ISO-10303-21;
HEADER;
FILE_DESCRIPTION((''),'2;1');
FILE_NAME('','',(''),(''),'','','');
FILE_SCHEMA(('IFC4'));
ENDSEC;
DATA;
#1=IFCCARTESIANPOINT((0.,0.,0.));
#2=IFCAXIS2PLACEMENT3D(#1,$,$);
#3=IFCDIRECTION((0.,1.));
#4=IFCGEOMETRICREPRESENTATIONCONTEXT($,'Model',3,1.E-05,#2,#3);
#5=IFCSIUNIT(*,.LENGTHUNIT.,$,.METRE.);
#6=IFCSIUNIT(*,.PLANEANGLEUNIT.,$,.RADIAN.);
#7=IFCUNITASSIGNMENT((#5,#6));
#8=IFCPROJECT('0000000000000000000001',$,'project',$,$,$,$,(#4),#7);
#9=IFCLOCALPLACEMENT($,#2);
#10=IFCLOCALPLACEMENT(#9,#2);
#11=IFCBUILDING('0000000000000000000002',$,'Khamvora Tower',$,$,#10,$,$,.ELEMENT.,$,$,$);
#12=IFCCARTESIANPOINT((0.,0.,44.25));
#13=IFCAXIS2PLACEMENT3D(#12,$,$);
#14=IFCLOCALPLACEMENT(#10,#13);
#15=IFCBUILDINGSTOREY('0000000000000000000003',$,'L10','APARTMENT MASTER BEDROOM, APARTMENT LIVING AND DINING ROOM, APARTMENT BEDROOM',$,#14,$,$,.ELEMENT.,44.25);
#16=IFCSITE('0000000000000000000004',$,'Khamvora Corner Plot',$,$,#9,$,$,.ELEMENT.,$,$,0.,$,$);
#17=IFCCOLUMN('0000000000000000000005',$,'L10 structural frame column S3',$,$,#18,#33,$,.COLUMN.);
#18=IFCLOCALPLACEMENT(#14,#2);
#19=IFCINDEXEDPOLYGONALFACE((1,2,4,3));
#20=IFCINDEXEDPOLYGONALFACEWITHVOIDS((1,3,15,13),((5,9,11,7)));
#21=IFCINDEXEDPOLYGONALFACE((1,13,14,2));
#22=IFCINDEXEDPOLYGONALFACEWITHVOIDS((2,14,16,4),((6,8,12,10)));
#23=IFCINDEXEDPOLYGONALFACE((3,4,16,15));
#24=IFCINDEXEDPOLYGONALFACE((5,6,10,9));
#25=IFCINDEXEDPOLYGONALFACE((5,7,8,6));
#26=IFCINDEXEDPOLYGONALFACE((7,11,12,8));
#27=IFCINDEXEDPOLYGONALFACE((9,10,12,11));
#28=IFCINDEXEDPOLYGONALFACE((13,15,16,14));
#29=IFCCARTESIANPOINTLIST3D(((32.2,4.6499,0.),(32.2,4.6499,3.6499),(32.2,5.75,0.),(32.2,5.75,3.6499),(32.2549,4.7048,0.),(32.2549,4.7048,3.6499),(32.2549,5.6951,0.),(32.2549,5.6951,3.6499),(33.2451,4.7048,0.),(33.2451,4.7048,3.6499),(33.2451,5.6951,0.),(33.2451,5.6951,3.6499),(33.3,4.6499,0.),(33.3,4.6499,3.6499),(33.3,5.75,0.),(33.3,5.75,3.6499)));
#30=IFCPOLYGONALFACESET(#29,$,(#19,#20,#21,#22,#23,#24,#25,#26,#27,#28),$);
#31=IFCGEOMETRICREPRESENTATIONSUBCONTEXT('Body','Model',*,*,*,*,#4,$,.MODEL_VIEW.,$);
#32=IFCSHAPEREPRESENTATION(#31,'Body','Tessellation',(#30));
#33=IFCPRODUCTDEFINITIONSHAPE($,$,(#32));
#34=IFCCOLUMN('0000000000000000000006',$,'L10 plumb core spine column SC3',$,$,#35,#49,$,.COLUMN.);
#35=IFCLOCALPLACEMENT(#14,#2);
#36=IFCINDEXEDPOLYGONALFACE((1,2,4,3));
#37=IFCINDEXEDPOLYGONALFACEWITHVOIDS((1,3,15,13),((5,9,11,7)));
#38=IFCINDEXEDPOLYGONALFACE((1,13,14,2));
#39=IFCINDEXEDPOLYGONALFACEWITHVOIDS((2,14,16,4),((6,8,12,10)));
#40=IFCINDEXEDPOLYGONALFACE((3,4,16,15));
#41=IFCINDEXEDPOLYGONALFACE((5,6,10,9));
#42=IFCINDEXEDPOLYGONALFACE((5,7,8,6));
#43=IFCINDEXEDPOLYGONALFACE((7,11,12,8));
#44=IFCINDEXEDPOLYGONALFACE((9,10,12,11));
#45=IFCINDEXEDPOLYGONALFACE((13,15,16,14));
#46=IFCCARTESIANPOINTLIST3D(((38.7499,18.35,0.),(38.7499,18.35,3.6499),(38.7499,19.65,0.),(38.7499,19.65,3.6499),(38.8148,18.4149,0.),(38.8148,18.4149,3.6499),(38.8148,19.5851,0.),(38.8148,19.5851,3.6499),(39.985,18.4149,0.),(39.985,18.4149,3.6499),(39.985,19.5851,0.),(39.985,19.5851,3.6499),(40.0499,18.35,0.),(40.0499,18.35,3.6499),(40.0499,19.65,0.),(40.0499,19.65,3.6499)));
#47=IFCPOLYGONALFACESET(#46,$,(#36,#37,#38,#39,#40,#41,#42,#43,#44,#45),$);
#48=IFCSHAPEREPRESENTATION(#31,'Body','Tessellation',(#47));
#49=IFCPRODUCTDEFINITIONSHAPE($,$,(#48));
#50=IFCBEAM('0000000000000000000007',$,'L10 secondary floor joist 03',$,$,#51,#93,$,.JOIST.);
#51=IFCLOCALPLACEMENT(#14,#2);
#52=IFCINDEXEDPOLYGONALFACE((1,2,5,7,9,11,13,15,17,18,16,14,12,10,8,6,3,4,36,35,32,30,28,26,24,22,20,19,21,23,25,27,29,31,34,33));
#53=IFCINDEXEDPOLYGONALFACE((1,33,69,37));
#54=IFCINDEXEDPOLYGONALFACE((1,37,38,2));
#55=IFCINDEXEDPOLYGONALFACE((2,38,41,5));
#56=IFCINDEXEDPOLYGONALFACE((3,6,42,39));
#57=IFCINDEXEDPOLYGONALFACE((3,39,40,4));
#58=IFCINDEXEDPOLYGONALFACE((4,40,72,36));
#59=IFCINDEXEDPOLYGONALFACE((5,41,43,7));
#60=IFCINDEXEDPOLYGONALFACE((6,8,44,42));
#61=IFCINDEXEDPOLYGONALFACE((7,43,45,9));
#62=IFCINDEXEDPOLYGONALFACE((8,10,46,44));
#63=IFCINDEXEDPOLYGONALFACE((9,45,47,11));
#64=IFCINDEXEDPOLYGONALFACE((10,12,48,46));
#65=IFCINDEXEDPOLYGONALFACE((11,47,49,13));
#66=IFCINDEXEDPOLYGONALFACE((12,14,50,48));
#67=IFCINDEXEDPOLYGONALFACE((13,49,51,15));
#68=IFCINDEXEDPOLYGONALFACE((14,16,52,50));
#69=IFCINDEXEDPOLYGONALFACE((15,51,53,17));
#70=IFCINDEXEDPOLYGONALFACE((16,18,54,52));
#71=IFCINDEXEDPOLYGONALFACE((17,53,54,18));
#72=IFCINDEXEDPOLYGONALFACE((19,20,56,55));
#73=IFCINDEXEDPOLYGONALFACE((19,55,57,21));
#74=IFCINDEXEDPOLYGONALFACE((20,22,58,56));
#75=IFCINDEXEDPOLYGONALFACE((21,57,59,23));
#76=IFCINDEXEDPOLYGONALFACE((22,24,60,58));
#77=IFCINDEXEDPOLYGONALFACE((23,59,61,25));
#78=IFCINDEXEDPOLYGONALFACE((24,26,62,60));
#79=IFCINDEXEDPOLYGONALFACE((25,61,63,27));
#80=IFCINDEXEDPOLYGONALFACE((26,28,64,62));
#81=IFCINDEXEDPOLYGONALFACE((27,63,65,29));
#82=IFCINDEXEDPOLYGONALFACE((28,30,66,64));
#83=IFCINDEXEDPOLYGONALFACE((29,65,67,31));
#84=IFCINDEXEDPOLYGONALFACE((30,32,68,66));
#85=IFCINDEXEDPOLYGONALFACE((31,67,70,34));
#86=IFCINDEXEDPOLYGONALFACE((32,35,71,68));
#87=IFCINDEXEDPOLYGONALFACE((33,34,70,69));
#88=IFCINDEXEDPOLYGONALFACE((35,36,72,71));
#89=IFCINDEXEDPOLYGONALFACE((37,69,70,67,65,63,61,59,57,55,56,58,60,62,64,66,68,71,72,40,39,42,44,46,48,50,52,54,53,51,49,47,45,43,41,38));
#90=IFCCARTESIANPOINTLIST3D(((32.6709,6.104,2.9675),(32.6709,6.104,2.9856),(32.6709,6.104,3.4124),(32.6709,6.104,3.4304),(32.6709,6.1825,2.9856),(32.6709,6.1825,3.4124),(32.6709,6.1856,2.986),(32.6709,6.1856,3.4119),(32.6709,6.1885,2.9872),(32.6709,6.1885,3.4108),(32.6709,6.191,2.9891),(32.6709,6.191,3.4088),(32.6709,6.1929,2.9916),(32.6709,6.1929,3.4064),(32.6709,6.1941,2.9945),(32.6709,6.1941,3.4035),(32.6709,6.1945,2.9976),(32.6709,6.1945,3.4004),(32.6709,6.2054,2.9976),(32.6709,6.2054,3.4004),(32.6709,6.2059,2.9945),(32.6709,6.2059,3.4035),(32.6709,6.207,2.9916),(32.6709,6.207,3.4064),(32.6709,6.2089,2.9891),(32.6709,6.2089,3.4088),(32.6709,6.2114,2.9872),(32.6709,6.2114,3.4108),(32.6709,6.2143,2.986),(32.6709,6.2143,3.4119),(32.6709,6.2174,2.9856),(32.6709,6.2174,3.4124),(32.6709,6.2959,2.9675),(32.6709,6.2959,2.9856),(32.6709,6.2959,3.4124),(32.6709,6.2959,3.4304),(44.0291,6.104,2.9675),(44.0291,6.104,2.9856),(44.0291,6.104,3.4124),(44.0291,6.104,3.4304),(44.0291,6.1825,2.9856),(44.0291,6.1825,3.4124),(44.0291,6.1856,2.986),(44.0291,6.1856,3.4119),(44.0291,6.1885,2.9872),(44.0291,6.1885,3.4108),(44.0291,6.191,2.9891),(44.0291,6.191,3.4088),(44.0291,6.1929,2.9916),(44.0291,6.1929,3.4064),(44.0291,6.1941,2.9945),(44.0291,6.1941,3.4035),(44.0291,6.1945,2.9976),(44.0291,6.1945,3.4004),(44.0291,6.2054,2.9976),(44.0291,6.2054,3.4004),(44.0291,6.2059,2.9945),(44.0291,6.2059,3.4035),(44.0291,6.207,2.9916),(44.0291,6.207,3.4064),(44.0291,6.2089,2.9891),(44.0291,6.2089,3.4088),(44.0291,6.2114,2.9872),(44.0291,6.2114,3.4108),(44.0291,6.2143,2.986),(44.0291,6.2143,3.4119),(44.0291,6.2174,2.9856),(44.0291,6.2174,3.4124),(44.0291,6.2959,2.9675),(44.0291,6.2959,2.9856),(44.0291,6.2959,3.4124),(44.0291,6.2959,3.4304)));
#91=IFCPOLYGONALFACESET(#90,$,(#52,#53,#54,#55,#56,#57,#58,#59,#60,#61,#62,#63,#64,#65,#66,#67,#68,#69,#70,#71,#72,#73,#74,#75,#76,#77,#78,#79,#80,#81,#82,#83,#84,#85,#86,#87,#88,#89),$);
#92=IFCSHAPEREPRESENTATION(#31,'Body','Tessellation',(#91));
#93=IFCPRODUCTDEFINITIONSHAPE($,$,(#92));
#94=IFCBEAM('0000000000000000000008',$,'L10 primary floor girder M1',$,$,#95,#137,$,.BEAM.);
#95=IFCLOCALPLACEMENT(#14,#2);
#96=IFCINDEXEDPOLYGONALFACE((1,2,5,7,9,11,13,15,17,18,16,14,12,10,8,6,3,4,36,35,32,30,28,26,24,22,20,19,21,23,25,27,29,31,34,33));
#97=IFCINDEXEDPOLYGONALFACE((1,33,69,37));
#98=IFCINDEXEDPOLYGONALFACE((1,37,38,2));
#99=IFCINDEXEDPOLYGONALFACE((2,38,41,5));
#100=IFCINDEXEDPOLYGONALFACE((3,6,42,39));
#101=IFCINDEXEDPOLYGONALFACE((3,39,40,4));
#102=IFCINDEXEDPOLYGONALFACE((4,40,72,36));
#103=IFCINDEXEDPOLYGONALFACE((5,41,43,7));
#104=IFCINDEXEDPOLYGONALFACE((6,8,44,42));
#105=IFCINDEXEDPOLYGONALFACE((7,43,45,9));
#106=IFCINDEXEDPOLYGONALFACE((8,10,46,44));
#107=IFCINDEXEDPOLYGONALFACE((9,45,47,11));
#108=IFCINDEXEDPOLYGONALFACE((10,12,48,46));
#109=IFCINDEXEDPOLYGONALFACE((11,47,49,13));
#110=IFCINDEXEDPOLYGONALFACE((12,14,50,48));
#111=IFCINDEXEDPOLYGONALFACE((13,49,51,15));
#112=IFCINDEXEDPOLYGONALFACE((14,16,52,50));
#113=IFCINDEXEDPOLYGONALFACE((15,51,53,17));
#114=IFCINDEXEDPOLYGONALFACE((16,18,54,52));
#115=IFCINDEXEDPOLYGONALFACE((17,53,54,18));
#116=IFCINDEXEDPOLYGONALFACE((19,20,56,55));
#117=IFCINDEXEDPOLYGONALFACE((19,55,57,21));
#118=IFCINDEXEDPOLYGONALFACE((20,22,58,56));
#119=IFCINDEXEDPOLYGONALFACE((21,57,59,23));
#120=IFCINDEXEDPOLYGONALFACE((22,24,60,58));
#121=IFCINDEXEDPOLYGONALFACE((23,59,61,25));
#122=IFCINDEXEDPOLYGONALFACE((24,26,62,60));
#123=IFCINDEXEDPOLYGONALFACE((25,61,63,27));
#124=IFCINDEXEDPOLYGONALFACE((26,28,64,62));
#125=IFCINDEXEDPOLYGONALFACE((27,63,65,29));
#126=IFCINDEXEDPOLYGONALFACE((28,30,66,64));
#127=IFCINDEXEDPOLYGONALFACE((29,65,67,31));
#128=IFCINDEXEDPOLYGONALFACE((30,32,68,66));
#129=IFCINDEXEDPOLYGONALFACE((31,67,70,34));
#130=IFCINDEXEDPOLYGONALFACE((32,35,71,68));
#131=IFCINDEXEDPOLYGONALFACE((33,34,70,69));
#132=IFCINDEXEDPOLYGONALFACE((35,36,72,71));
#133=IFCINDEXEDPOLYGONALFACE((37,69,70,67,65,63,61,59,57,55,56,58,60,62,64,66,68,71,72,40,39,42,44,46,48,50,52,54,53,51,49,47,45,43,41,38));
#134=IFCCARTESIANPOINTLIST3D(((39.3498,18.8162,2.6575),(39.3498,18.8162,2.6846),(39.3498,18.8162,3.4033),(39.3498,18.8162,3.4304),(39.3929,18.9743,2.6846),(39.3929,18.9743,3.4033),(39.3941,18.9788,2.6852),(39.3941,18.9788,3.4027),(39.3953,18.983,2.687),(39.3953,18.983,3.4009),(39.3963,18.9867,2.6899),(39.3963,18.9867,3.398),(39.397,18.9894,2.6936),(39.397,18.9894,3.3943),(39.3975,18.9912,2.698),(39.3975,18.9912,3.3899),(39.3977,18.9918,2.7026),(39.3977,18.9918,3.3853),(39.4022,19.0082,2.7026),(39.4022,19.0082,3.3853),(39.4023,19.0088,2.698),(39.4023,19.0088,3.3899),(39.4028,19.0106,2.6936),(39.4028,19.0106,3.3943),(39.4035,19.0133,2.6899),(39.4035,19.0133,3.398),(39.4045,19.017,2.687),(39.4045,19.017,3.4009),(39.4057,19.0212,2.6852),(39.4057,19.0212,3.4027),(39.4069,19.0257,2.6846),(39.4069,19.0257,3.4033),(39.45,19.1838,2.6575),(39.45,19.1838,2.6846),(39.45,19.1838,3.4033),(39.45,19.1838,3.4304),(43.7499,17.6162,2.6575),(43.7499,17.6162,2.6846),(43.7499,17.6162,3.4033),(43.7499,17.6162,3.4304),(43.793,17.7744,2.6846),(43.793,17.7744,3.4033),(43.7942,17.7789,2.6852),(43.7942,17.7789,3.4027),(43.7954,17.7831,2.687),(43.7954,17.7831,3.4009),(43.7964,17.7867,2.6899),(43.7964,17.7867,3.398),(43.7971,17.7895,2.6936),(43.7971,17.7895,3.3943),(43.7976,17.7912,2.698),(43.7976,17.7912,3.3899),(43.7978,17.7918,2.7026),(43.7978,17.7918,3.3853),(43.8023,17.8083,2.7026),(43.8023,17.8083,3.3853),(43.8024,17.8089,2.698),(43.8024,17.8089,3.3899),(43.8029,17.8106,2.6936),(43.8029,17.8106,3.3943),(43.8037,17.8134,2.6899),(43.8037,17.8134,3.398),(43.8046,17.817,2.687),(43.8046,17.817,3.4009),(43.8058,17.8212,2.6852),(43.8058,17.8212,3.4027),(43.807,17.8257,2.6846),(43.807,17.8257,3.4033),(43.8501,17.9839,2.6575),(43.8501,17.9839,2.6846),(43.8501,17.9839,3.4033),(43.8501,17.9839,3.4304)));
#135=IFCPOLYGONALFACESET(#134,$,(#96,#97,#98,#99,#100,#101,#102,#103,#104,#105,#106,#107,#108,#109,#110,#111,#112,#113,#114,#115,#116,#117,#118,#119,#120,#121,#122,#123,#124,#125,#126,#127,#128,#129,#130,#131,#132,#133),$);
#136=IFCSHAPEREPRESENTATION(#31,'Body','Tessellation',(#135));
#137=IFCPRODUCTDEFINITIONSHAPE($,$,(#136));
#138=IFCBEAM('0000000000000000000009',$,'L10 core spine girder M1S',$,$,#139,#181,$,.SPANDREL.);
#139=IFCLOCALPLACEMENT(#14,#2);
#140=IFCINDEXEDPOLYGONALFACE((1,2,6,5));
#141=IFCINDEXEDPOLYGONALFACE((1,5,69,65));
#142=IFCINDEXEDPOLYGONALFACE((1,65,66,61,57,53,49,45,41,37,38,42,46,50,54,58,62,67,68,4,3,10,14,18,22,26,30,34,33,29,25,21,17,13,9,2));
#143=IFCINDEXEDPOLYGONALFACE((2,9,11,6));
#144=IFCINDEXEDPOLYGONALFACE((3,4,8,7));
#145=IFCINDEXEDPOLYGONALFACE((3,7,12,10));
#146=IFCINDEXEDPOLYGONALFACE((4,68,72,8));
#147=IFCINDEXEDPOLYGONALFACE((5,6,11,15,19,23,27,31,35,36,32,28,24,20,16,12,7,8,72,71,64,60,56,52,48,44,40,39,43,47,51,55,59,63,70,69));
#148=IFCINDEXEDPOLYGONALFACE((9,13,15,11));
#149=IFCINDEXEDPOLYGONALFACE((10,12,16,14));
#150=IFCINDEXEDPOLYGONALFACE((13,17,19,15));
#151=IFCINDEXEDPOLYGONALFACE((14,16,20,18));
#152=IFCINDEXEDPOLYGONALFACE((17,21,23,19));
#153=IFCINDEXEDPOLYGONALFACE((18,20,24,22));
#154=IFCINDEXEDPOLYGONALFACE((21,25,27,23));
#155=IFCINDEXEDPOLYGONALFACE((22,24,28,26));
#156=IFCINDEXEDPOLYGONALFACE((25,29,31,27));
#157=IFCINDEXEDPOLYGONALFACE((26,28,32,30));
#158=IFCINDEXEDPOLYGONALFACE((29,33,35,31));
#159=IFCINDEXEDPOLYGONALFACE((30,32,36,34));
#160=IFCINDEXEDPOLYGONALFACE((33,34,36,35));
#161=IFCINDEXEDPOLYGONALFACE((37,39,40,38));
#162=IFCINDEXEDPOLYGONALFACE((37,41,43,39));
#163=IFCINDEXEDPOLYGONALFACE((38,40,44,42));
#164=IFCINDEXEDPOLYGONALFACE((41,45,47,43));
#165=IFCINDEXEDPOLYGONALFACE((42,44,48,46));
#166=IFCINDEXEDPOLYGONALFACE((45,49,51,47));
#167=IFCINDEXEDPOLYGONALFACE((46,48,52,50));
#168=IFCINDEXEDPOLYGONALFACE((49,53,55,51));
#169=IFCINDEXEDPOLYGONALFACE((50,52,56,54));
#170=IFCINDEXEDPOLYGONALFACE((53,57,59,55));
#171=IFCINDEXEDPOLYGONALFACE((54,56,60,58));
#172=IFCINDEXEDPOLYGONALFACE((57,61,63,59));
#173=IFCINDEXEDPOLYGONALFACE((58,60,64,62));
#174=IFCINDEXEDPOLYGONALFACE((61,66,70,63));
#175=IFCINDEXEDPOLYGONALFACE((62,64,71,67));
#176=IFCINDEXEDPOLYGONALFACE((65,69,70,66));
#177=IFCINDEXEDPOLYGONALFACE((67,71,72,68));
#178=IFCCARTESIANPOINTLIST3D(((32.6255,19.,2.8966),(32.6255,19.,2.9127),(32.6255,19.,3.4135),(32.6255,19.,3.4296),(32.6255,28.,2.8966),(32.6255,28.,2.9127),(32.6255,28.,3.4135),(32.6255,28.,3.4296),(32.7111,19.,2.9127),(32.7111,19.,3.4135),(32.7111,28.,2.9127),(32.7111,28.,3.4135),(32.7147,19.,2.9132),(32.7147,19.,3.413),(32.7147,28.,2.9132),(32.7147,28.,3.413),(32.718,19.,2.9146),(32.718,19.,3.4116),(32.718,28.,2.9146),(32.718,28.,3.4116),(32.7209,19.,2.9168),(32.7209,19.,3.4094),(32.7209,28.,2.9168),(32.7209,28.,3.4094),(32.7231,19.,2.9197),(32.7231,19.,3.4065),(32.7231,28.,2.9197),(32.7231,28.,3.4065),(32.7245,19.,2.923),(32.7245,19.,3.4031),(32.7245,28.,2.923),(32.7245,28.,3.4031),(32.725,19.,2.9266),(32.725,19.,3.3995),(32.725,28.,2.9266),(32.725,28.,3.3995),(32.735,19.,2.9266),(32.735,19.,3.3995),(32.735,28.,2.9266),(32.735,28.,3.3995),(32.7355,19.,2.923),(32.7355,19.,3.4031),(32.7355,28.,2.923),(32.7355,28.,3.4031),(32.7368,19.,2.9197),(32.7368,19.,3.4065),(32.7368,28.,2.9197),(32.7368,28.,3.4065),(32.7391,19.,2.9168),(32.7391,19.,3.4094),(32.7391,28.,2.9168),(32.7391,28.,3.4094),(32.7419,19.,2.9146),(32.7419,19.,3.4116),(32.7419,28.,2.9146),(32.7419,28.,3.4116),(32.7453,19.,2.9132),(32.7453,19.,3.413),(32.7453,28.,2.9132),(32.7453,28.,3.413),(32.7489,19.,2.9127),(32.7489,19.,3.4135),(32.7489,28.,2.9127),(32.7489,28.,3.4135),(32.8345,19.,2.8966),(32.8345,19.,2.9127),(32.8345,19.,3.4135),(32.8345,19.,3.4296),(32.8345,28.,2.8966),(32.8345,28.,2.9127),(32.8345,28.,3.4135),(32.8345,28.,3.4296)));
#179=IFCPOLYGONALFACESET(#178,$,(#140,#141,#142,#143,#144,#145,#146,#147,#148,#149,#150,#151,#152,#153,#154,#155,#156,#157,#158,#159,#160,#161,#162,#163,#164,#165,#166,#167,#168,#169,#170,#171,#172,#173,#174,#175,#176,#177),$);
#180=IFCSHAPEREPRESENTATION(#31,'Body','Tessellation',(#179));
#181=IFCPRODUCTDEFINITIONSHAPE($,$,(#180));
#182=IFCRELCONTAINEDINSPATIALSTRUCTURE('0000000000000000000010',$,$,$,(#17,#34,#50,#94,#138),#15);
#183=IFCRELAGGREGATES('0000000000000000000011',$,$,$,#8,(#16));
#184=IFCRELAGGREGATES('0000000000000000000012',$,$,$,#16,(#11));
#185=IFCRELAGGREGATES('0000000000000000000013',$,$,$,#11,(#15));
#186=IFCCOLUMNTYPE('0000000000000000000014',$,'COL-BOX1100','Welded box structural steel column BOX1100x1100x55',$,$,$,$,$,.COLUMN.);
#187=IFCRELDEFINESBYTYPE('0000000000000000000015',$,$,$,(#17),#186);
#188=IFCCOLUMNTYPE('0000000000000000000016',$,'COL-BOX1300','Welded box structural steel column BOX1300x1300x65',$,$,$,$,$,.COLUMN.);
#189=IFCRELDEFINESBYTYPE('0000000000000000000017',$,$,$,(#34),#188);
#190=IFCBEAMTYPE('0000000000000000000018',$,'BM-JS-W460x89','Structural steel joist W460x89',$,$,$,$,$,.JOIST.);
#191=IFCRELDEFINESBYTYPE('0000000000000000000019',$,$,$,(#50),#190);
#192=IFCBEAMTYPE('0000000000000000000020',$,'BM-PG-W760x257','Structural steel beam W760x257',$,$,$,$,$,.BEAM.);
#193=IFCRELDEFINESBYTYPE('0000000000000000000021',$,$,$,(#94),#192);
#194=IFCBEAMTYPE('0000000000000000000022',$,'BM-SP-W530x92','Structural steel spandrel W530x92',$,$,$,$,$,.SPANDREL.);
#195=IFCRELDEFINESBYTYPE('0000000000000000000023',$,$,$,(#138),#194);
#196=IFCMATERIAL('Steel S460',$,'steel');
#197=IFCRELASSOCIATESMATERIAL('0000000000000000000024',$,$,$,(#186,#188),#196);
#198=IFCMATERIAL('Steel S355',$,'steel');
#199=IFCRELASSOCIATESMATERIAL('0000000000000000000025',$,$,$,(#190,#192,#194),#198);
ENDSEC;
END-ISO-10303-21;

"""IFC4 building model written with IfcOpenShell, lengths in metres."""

from ifc_helpers import new_model, si_unit, direction, frame, origin, origin_2d, place, context, subcontext, project, spatial, hollow_rectangle, i_section, extrude, material, material_profile, profile_set, type_object, element, save


model = new_model("IFC4")

# Units and contexts
model_context = context("Model", 3, precision=1e-05, world=origin(), true_north=direction((0.0, 1.0)))
body_context = subcontext(model_context, "Body", "Model", "MODEL_VIEW")
ifc_project = project(units=[si_unit("LENGTHUNIT", "METRE"), si_unit("PLANEANGLEUNIT", "RADIAN")], contexts=[model_context])

# Site, building, storey
site_placement = place(None, origin())
site = spatial("IfcSite", under=ifc_project, at=site_placement, Name="Khamvora Corner Plot", CompositionType="ELEMENT", RefElevation=0.0)
building_placement = place(site_placement, origin())
building = spatial("IfcBuilding", under=site, at=building_placement, Name="Khamvora Tower", CompositionType="ELEMENT")
storey_placement = place(building_placement, frame((0.0, 0.0, 44.25)))
storey = spatial("IfcBuildingStorey", under=building, at=storey_placement, Name="L10", Description="APARTMENT MASTER BEDROOM, APARTMENT LIVING AND DINING ROOM, APARTMENT BEDROOM", CompositionType="ELEMENT", Elevation=44.25)

# Columns
ifc_material_1 = material(Name="Steel S460", Category="steel")
ifc_material_profile_1 = material_profile(ifc_material_1, hollow_rectangle(XDim=1.1001, YDim=1.1001, WallThickness=0.0549, at=origin_2d()), Name="BOX1100x1100x55")
ifc_profile_set_1 = profile_set([ifc_material_profile_1], Name="Steel S460")
column_type_1 = type_object("IfcColumnType", Name="COL-BOX1100", Description="Welded box structural steel column BOX1100x1100x55", PredefinedType="COLUMN", material=ifc_profile_set_1)
column_1_placement = place(storey_placement, frame((32.75, 5.2, 0.0), z_axis=(0.0, 0.0, 1.0), x_axis=(1.0, 0.0, 0.0)))
element("IfcColumn", 1, at=column_1_placement, inside=storey, type_object=column_type_1, Name="L10 structural frame column S3", PredefinedType="COLUMN", context=body_context, shape_type="SweptSolid", body=[
    extrude(hollow_rectangle(XDim=1.1001, YDim=1.1001, WallThickness=0.0549, at=origin_2d()), origin(), (0.0, 0.0, 1.0), 3.6499),
])
ifc_material_profile_2 = material_profile(ifc_material_1, hollow_rectangle(XDim=1.3, YDim=1.3, WallThickness=0.0649, at=origin_2d()), Name="BOX1300x1300x65")
ifc_profile_set_2 = profile_set([ifc_material_profile_2], Name="Steel S460")
column_type_2 = type_object("IfcColumnType", Name="COL-BOX1300", Description="Welded box structural steel column BOX1300x1300x65", PredefinedType="COLUMN", material=ifc_profile_set_2)
column_2_placement = place(storey_placement, frame((39.3999, 19.0, 0.0), z_axis=(0.0, 0.0, 1.0), x_axis=(1.0, 0.0, 0.0)))
element("IfcColumn", 2, at=column_2_placement, inside=storey, type_object=column_type_2, Name="L10 plumb core spine column SC3", PredefinedType="COLUMN", context=body_context, shape_type="SweptSolid", body=[
    extrude(hollow_rectangle(XDim=1.3, YDim=1.3, WallThickness=0.0649, at=origin_2d()), origin(), (0.0, 0.0, 1.0), 3.6499),
])

# Beams
ifc_material_2 = material(Name="Steel S355", Category="steel")
ifc_material_profile_3 = material_profile(ifc_material_2, i_section(OverallWidth=0.1919, OverallDepth=0.4629, WebThickness=0.011, FlangeThickness=0.0181, FilletRadius=0.012, at=origin_2d()), Name="W460x89")
ifc_profile_set_3 = profile_set([ifc_material_profile_3], Name="Steel S355")
beam_type_1 = type_object("IfcBeamType", Name="BM-JS-W460x89", Description="Structural steel joist W460x89", PredefinedType="JOIST", material=ifc_profile_set_3)
beam_1_placement = place(storey_placement, frame((32.6709, 6.2, 3.199), z_axis=(1.0, 0.0, 0.0), x_axis=(0.0, 1.0, 0.0)))
element("IfcBeam", 3, at=beam_1_placement, inside=storey, type_object=beam_type_1, Name="L10 secondary floor joist 03", PredefinedType="JOIST", context=body_context, shape_type="SweptSolid", body=[
    extrude(i_section(OverallWidth=0.1919, OverallDepth=0.4629, WebThickness=0.011, FlangeThickness=0.0181, FilletRadius=0.012, at=origin_2d()), origin(), (0.0, 0.0, 1.0), 11.3582),
])
ifc_material_profile_4 = material_profile(ifc_material_2, i_section(OverallWidth=0.3811, OverallDepth=0.7729, WebThickness=0.0171, FlangeThickness=0.0271, FilletRadius=0.0181, at=origin_2d()), Name="W760x257")
ifc_profile_set_4 = profile_set([ifc_material_profile_4], Name="Steel S355")
beam_type_2 = type_object("IfcBeamType", Name="BM-PG-W760x257", Description="Structural steel beam W760x257", PredefinedType="BEAM", material=ifc_profile_set_4)
beam_2_placement = place(storey_placement, frame((39.3999, 19.0, 3.0439), z_axis=(0.964769, -0.263099, 0.0), x_axis=(0.263099, 0.964769, 0.0)))
element("IfcBeam", 4, at=beam_2_placement, inside=storey, type_object=beam_type_2, Name="L10 primary floor girder M1", PredefinedType="BEAM", context=body_context, shape_type="SweptSolid", body=[
    extrude(i_section(OverallWidth=0.3811, OverallDepth=0.7729, WebThickness=0.0171, FlangeThickness=0.0271, FilletRadius=0.0181, at=origin_2d()), origin(), (0.0, 0.0, 1.0), 4.5608),
])
ifc_material_profile_5 = material_profile(ifc_material_2, i_section(OverallWidth=0.209, OverallDepth=0.533, WebThickness=0.01, FlangeThickness=0.0161, FilletRadius=0.0139, at=origin_2d()), Name="W530x92")
ifc_profile_set_5 = profile_set([ifc_material_profile_5], Name="Steel S355")
beam_type_3 = type_object("IfcBeamType", Name="BM-SP-W530x92", Description="Structural steel spandrel W530x92", PredefinedType="SPANDREL", material=ifc_profile_set_5)
beam_3_placement = place(storey_placement, frame((32.73, 19.0, 3.1631), z_axis=(0.0, 1.0, 0.0), x_axis=(-1.0, 0.0, 0.0)))
element("IfcBeam", 5, at=beam_3_placement, inside=storey, type_object=beam_type_3, Name="L10 core spine girder M1S", PredefinedType="SPANDREL", context=body_context, shape_type="SweptSolid", body=[
    extrude(i_section(OverallWidth=0.209, OverallDepth=0.533, WebThickness=0.01, FlangeThickness=0.0161, FilletRadius=0.0139, at=origin_2d()), origin(), (0.0, 0.0, 1.0), 9.0),
])

save(model, "model.ifc")
